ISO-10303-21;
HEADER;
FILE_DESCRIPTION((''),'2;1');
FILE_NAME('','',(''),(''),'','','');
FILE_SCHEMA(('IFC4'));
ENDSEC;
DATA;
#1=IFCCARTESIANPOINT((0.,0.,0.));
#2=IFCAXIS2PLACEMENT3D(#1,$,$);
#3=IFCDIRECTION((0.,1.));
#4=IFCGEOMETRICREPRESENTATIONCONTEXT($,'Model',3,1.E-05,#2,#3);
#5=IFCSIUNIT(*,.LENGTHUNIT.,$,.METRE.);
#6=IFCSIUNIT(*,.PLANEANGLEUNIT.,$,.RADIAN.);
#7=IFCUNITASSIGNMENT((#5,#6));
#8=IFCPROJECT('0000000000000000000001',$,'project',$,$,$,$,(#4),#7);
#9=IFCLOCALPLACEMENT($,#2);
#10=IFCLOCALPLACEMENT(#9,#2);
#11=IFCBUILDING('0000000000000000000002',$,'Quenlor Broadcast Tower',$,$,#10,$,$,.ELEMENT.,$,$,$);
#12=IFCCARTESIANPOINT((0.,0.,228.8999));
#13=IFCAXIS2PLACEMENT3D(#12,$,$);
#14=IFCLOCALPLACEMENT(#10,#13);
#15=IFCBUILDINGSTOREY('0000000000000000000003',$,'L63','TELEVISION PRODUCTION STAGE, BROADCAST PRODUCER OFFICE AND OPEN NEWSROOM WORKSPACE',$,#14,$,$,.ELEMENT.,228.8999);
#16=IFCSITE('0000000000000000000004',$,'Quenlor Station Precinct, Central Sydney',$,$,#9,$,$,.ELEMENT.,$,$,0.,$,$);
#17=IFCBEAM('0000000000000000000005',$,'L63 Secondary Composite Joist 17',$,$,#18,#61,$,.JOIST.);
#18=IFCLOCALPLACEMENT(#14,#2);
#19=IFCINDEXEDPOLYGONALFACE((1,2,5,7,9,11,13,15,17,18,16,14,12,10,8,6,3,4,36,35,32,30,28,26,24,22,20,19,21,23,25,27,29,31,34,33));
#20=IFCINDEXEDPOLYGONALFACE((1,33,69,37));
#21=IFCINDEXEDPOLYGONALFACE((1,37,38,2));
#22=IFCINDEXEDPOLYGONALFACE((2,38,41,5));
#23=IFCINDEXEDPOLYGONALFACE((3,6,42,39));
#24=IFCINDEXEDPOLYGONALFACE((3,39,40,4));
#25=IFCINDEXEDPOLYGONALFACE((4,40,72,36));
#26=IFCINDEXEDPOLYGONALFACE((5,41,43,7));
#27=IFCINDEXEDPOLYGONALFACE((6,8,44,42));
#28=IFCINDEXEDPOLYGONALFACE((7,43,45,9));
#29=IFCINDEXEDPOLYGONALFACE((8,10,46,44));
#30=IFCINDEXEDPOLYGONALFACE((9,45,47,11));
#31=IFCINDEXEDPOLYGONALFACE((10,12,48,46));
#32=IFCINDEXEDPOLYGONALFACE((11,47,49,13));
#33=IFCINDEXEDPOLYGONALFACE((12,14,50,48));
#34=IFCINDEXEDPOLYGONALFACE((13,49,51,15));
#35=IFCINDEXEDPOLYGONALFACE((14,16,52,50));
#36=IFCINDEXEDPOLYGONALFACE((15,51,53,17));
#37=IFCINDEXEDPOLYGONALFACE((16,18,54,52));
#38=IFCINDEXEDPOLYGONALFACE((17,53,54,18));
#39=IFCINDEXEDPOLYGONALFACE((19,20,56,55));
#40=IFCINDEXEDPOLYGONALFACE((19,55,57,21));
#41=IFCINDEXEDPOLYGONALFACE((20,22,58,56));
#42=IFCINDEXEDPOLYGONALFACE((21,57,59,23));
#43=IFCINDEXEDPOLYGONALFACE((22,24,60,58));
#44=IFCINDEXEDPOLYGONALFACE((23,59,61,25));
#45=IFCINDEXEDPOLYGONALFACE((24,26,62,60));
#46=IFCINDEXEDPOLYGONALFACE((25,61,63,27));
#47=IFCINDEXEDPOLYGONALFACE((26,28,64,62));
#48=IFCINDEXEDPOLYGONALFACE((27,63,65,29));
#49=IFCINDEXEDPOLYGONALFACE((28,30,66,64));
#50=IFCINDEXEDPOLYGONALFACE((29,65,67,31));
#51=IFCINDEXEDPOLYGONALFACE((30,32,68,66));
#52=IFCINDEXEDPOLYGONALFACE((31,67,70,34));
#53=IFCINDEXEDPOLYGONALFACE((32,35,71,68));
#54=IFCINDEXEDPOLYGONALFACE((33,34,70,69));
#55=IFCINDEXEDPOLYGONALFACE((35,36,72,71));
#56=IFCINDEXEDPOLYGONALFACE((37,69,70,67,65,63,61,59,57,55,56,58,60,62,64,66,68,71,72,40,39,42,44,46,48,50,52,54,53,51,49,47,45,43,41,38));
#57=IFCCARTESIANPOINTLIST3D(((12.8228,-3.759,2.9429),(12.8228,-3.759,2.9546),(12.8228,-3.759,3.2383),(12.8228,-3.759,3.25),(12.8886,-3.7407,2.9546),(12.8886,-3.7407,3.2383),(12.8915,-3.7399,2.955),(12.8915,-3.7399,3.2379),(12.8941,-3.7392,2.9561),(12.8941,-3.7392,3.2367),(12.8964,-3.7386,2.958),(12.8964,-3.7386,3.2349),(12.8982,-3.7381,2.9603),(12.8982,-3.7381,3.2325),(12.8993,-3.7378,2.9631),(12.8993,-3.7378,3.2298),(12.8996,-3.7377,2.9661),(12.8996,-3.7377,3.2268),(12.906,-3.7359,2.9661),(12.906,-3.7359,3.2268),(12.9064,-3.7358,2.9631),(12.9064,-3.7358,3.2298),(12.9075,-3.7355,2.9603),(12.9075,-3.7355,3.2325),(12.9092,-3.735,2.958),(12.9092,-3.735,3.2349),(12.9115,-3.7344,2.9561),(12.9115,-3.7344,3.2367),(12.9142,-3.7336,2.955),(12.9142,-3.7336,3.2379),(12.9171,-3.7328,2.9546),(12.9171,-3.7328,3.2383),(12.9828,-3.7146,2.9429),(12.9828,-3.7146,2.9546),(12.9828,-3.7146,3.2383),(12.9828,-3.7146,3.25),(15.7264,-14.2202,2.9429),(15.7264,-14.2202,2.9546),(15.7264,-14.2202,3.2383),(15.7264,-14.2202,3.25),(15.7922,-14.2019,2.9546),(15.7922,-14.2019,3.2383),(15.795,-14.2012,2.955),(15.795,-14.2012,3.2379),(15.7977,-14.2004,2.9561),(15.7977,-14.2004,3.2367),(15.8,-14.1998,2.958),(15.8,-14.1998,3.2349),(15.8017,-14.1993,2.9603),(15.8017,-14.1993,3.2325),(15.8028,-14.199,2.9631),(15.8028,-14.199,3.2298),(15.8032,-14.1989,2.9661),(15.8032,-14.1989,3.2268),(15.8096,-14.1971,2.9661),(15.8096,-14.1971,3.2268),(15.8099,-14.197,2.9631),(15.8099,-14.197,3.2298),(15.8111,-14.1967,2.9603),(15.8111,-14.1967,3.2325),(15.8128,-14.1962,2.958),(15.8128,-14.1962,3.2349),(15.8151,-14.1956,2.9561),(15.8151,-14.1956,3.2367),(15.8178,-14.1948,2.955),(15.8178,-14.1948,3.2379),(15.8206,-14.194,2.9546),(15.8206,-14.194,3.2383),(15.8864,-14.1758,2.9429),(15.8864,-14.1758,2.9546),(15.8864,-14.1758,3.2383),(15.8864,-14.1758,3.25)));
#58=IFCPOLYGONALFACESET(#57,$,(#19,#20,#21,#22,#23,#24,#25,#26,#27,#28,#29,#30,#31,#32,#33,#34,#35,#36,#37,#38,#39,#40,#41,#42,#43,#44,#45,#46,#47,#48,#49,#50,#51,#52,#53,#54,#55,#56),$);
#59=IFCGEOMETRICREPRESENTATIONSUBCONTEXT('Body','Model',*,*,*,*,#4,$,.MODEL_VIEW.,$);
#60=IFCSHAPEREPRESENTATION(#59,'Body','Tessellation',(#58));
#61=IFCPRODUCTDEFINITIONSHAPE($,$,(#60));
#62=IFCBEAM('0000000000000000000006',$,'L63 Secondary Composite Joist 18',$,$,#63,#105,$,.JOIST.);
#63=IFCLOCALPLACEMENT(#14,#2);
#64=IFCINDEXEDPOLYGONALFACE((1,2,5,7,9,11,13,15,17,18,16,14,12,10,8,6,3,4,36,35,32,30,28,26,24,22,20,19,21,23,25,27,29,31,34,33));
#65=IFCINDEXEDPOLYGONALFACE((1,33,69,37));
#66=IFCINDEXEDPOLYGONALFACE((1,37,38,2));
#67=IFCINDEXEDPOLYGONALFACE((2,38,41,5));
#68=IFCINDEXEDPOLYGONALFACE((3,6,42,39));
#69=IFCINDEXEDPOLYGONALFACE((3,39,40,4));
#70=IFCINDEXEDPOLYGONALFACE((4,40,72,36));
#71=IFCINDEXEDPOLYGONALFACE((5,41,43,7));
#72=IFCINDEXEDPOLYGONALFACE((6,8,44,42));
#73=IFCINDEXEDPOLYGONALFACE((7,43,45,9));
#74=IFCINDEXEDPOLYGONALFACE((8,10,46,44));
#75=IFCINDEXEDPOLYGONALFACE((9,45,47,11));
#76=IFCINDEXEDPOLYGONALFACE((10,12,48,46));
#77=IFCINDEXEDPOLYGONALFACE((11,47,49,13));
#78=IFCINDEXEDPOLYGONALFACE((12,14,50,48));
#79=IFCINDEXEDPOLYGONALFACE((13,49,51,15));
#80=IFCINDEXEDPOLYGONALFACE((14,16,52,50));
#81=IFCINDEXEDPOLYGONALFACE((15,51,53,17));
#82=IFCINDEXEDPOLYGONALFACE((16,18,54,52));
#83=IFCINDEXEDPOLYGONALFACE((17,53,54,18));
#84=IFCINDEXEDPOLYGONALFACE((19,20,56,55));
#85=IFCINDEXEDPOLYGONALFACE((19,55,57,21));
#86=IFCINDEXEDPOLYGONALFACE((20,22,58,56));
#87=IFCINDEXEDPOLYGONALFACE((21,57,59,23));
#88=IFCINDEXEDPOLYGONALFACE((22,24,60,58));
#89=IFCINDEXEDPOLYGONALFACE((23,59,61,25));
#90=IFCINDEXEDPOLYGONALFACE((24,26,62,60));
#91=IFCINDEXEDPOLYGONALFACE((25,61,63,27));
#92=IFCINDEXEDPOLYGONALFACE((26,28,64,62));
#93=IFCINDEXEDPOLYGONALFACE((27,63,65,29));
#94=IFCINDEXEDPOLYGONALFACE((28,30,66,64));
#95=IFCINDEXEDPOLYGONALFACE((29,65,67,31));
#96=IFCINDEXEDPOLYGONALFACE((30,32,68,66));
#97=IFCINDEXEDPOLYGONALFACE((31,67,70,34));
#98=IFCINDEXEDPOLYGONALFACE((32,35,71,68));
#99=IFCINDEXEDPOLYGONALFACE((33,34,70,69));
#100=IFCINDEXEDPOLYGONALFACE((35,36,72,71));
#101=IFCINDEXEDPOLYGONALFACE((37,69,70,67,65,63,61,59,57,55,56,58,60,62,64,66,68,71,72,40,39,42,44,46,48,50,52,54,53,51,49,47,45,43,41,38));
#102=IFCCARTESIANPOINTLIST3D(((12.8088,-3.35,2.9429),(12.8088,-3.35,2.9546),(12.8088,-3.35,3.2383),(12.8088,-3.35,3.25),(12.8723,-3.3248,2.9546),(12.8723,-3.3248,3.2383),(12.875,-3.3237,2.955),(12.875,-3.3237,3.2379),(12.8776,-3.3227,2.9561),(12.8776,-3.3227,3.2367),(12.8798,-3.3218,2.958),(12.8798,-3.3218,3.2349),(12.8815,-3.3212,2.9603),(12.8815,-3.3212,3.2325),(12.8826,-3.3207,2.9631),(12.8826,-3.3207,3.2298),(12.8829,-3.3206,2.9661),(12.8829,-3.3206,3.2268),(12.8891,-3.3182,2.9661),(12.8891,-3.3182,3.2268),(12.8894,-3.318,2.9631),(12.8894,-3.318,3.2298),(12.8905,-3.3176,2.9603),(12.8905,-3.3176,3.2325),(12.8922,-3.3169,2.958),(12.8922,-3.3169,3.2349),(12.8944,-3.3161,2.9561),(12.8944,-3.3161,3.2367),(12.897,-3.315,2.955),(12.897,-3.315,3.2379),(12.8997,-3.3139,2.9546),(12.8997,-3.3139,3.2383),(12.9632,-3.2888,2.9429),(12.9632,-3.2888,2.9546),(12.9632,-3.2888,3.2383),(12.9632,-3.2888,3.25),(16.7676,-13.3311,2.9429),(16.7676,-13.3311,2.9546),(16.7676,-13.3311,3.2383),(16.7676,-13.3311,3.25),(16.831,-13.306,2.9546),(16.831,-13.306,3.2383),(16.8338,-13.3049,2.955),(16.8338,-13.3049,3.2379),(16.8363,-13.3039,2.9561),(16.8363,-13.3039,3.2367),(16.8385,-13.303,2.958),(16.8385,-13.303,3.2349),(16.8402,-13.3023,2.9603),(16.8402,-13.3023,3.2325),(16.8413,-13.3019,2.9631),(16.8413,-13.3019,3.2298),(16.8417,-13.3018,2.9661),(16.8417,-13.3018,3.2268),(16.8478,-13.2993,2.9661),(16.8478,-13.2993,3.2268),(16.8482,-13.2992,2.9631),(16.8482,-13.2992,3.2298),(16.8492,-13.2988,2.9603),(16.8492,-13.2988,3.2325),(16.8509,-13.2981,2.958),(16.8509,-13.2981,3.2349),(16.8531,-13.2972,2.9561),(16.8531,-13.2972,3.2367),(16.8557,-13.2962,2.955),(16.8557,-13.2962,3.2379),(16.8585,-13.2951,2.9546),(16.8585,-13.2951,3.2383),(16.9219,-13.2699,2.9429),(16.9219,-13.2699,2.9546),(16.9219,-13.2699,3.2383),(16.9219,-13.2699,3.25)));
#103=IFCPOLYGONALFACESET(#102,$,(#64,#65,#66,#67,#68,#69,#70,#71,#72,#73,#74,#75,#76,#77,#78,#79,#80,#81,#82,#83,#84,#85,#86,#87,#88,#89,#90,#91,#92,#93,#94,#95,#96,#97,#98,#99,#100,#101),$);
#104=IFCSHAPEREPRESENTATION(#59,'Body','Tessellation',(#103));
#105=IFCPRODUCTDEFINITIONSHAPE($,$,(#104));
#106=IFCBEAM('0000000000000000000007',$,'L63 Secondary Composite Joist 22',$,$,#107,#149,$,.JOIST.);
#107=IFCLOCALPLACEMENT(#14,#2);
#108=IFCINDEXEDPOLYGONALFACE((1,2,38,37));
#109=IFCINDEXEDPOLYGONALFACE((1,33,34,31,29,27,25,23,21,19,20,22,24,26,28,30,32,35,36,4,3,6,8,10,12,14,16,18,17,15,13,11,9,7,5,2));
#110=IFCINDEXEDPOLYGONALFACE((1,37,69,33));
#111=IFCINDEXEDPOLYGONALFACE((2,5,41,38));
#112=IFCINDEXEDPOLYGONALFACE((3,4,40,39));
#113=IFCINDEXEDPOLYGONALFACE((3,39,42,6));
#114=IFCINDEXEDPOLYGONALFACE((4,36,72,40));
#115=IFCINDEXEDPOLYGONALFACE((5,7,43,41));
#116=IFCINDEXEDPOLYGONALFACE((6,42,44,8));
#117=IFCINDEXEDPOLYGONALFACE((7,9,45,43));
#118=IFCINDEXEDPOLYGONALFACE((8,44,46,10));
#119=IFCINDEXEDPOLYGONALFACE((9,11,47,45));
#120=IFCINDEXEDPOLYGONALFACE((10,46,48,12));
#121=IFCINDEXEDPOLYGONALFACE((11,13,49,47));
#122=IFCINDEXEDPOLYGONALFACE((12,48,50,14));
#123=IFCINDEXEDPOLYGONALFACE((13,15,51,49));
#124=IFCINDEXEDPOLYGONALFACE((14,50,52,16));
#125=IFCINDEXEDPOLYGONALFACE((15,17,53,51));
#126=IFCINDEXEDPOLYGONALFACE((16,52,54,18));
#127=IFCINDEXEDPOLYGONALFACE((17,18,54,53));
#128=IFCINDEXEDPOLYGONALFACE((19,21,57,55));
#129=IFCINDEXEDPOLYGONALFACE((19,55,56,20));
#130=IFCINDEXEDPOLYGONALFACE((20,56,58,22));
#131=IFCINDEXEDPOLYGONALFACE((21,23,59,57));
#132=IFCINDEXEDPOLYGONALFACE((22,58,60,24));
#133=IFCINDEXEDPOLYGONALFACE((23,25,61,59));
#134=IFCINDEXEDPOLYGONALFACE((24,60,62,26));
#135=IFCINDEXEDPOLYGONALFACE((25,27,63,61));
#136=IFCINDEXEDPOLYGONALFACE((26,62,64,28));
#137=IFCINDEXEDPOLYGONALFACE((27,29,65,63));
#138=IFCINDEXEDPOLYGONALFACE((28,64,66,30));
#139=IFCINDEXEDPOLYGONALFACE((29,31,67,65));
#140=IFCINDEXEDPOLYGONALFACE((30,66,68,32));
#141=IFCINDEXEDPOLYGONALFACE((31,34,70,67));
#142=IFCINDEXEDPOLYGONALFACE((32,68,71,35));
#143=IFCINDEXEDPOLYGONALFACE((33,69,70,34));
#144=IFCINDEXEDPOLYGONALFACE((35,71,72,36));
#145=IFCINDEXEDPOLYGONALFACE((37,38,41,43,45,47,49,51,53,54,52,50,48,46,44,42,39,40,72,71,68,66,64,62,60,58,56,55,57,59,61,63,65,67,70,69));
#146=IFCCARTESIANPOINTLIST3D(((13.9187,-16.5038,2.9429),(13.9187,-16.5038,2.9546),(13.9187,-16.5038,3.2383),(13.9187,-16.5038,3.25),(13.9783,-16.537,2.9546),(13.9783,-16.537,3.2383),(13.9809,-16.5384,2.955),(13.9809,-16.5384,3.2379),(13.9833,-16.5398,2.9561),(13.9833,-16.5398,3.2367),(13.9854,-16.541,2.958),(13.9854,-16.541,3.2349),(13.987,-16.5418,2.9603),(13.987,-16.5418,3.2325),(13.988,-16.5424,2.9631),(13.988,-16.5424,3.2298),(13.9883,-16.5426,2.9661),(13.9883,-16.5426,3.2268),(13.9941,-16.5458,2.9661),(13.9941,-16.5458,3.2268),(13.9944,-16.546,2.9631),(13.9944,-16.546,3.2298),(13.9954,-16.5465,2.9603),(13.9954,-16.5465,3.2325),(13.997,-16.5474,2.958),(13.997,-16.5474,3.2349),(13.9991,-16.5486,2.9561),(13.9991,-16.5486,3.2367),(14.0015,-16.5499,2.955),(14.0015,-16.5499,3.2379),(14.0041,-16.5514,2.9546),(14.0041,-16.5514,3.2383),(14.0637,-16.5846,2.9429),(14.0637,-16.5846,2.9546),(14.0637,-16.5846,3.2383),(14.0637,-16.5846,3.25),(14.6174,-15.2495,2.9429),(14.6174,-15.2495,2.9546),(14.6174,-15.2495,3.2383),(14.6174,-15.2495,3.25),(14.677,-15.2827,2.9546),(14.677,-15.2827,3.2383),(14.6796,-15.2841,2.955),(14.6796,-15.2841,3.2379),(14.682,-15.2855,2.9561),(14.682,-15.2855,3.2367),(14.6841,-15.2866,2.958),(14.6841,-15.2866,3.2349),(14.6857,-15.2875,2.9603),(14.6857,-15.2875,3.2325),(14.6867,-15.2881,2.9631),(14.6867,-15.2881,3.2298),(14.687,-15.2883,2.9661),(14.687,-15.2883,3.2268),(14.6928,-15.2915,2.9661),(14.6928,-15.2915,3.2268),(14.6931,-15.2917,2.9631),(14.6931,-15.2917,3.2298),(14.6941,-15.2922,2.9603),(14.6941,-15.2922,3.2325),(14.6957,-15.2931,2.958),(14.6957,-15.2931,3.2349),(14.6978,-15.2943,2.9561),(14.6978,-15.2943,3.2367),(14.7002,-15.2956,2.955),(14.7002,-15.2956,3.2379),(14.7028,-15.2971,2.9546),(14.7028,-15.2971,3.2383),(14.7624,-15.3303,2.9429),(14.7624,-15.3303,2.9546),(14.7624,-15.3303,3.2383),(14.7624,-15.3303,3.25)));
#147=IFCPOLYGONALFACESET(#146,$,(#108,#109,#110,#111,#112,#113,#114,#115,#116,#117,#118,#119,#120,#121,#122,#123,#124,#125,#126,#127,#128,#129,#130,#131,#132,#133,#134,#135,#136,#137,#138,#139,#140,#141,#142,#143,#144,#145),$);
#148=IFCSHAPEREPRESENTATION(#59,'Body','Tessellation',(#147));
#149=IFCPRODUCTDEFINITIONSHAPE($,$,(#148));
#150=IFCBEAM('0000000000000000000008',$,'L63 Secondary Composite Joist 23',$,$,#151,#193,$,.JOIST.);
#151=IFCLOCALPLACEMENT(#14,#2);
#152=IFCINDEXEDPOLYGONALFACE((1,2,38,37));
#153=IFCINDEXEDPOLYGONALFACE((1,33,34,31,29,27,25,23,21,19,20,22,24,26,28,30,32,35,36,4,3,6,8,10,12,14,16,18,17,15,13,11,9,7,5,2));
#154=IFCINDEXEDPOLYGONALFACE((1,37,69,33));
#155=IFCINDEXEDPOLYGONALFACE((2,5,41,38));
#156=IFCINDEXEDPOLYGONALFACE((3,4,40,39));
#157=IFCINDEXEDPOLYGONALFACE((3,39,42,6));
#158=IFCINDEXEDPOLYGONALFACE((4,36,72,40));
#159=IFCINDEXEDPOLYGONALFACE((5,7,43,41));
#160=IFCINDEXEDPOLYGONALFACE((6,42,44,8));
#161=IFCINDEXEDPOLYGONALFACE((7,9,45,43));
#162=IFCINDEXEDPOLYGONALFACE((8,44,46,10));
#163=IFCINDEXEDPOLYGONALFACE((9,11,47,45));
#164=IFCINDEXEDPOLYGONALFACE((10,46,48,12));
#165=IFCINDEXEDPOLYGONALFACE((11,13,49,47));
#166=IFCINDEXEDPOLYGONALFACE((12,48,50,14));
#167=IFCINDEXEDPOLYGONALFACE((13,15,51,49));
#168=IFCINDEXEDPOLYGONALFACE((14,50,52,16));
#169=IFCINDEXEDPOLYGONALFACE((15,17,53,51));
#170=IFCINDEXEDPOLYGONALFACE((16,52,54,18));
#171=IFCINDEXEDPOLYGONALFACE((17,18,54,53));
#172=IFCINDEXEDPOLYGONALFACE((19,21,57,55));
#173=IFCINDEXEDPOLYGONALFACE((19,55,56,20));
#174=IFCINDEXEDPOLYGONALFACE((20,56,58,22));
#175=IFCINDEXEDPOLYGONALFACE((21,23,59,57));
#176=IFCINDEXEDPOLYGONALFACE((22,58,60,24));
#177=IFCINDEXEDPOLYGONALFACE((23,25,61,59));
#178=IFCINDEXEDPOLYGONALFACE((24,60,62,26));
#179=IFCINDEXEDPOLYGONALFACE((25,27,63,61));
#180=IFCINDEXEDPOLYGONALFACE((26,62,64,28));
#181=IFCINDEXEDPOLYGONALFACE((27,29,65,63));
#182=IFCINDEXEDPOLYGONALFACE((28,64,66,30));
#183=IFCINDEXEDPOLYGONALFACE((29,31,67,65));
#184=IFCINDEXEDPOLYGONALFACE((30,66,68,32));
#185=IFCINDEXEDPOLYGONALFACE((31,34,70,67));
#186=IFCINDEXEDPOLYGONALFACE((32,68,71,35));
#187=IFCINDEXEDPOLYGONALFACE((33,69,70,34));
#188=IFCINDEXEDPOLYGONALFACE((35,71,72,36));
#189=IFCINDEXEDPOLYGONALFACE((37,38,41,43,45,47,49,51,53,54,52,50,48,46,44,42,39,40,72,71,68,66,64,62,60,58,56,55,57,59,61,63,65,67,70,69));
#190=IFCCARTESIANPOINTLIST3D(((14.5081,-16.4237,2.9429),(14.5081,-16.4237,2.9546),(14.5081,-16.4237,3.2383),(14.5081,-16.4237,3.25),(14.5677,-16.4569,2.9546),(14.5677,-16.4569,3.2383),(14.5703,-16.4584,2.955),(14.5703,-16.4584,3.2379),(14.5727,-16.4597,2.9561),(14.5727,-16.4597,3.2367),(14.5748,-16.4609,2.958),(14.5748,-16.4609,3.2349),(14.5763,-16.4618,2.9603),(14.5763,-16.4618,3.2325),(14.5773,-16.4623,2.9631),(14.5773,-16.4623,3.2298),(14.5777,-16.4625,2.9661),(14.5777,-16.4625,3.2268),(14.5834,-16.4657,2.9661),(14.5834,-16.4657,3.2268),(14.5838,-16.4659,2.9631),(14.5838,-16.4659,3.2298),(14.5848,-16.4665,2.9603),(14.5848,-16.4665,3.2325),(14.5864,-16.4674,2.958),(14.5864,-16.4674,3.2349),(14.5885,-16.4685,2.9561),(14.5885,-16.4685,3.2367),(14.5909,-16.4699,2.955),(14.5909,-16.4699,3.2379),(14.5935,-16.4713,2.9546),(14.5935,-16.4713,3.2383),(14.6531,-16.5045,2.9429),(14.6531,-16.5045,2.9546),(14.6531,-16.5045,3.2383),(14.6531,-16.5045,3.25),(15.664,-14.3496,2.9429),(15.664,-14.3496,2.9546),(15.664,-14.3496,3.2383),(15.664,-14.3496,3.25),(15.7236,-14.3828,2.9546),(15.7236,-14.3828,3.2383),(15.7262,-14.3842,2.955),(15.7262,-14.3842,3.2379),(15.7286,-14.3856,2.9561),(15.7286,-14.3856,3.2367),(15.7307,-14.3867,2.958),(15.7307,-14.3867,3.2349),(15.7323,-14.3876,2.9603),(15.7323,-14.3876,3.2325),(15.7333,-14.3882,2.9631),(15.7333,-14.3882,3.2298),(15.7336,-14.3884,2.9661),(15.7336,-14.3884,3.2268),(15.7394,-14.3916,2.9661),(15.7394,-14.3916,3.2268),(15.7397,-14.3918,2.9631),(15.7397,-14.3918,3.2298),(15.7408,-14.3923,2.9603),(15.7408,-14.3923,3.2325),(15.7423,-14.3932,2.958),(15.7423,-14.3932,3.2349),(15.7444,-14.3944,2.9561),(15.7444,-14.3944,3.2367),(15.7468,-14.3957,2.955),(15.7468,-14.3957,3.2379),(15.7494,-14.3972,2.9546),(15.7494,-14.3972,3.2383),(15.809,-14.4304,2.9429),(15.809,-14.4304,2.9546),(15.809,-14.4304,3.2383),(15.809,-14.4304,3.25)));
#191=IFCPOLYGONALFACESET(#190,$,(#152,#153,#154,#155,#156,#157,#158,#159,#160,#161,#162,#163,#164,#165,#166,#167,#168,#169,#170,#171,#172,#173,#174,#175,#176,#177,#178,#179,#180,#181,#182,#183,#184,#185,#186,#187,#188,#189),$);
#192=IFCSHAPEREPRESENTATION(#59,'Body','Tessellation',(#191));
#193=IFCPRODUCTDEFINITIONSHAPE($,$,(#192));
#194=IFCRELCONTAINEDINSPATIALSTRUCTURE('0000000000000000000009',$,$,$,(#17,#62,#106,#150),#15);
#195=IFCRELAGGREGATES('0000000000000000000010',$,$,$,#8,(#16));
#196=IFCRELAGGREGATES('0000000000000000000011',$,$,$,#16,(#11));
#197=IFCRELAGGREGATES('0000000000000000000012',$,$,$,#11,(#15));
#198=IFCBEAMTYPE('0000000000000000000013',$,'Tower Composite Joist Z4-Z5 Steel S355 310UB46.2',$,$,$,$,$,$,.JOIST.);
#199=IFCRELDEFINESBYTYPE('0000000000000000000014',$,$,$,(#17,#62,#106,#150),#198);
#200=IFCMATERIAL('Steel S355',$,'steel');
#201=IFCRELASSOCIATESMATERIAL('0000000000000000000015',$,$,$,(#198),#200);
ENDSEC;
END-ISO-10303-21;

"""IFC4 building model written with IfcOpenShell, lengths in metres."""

from ifc_helpers import new_model, si_unit, direction, frame, origin, origin_2d, place, context, subcontext, project, spatial, i_section, extrude, material, material_profile, profile_set, type_object, element, save


model = new_model("IFC4")

# Units and contexts
model_context = context("Model", 3, precision=1e-05, world=origin(), true_north=direction((0.0, 1.0)))
body_context = subcontext(model_context, "Body", "Model", "MODEL_VIEW")
ifc_project = project(units=[si_unit("LENGTHUNIT", "METRE"), si_unit("PLANEANGLEUNIT", "RADIAN")], contexts=[model_context])

# Site, building, storey
site_placement = place(None, origin())
site = spatial("IfcSite", under=ifc_project, at=site_placement, Name="Quenlor Station Precinct, Central Sydney", CompositionType="ELEMENT", RefElevation=0.0)
building_placement = place(site_placement, origin())
building = spatial("IfcBuilding", under=site, at=building_placement, Name="Quenlor Broadcast Tower", CompositionType="ELEMENT")
storey_placement = place(building_placement, frame((0.0, 0.0, 228.8999)))
storey = spatial("IfcBuildingStorey", under=building, at=storey_placement, Name="L63", Description="TELEVISION PRODUCTION STAGE, BROADCAST PRODUCER OFFICE AND OPEN NEWSROOM WORKSPACE", CompositionType="ELEMENT", Elevation=228.8999)

# Beams
ifc_material_1 = material(Name="Steel S355", Category="steel")
ifc_material_profile_1 = material_profile(ifc_material_1, i_section(OverallWidth=0.166, OverallDepth=0.3071, WebThickness=0.0066, FlangeThickness=0.0117, FilletRadius=0.0115, at=origin_2d()))
ifc_profile_set_1 = profile_set([ifc_material_profile_1], Name="Steel S355 310UB46.2")
beam_type_1 = type_object("IfcBeamType", Name="Tower Composite Joist Z4-Z5 Steel S355 310UB46.2", PredefinedType="JOIST", material=ifc_profile_set_1)
beam_1_placement = place(storey_placement, frame((15.8064, -14.198, 3.0964), z_axis=(-0.267446, 0.963573, 0.0), x_axis=(-0.963573, -0.267446, 0.0)))
element("IfcBeam", 1, at=beam_1_placement, inside=storey, type_object=beam_type_1, Name="L63 Secondary Composite Joist 17", PredefinedType="JOIST", context=body_context, shape_type="SweptSolid", body=[
    extrude(i_section(OverallWidth=0.166, OverallDepth=0.3071, WebThickness=0.0066, FlangeThickness=0.0117, FilletRadius=0.0115, at=origin_2d()), origin(), (0.0, 0.0, 1.0), 10.8567),
])
beam_2_placement = place(storey_placement, frame((16.8447, -13.3005, 3.0964), z_axis=(-0.36868, 0.929556, 0.0), x_axis=(-0.929556, -0.36868, 0.0)))
element("IfcBeam", 2, at=beam_2_placement, inside=storey, type_object=beam_type_1, Name="L63 Secondary Composite Joist 18", PredefinedType="JOIST", context=body_context, shape_type="SweptSolid", body=[
    extrude(i_section(OverallWidth=0.166, OverallDepth=0.3071, WebThickness=0.0066, FlangeThickness=0.0117, FilletRadius=0.0115, at=origin_2d()), origin(), (0.0, 0.0, 1.0), 10.7375),
])
beam_3_placement = place(storey_placement, frame((13.9912, -16.5442, 3.0964), z_axis=(0.486624, 0.873611, 0.0), x_axis=(-0.873611, 0.486624, 0.0)))
element("IfcBeam", 3, at=beam_3_placement, inside=storey, type_object=beam_type_1, Name="L63 Secondary Composite Joist 22", PredefinedType="JOIST", context=body_context, shape_type="SweptSolid", body=[
    extrude(i_section(OverallWidth=0.166, OverallDepth=0.3071, WebThickness=0.0066, FlangeThickness=0.0117, FilletRadius=0.0115, at=origin_2d()), origin(), (0.0, 0.0, 1.0), 1.4358),
])
beam_4_placement = place(storey_placement, frame((14.5806, -16.4641, 3.0964), z_axis=(0.486821, 0.873502, 0.0), x_axis=(-0.873502, 0.486821, 0.0)))
element("IfcBeam", 4, at=beam_4_placement, inside=storey, type_object=beam_type_1, Name="L63 Secondary Composite Joist 23", PredefinedType="JOIST", context=body_context, shape_type="SweptSolid", body=[
    extrude(i_section(OverallWidth=0.166, OverallDepth=0.3071, WebThickness=0.0066, FlangeThickness=0.0117, FilletRadius=0.0115, at=origin_2d()), origin(), (0.0, 0.0, 1.0), 2.3745),
])

save(model, "model.ifc")
